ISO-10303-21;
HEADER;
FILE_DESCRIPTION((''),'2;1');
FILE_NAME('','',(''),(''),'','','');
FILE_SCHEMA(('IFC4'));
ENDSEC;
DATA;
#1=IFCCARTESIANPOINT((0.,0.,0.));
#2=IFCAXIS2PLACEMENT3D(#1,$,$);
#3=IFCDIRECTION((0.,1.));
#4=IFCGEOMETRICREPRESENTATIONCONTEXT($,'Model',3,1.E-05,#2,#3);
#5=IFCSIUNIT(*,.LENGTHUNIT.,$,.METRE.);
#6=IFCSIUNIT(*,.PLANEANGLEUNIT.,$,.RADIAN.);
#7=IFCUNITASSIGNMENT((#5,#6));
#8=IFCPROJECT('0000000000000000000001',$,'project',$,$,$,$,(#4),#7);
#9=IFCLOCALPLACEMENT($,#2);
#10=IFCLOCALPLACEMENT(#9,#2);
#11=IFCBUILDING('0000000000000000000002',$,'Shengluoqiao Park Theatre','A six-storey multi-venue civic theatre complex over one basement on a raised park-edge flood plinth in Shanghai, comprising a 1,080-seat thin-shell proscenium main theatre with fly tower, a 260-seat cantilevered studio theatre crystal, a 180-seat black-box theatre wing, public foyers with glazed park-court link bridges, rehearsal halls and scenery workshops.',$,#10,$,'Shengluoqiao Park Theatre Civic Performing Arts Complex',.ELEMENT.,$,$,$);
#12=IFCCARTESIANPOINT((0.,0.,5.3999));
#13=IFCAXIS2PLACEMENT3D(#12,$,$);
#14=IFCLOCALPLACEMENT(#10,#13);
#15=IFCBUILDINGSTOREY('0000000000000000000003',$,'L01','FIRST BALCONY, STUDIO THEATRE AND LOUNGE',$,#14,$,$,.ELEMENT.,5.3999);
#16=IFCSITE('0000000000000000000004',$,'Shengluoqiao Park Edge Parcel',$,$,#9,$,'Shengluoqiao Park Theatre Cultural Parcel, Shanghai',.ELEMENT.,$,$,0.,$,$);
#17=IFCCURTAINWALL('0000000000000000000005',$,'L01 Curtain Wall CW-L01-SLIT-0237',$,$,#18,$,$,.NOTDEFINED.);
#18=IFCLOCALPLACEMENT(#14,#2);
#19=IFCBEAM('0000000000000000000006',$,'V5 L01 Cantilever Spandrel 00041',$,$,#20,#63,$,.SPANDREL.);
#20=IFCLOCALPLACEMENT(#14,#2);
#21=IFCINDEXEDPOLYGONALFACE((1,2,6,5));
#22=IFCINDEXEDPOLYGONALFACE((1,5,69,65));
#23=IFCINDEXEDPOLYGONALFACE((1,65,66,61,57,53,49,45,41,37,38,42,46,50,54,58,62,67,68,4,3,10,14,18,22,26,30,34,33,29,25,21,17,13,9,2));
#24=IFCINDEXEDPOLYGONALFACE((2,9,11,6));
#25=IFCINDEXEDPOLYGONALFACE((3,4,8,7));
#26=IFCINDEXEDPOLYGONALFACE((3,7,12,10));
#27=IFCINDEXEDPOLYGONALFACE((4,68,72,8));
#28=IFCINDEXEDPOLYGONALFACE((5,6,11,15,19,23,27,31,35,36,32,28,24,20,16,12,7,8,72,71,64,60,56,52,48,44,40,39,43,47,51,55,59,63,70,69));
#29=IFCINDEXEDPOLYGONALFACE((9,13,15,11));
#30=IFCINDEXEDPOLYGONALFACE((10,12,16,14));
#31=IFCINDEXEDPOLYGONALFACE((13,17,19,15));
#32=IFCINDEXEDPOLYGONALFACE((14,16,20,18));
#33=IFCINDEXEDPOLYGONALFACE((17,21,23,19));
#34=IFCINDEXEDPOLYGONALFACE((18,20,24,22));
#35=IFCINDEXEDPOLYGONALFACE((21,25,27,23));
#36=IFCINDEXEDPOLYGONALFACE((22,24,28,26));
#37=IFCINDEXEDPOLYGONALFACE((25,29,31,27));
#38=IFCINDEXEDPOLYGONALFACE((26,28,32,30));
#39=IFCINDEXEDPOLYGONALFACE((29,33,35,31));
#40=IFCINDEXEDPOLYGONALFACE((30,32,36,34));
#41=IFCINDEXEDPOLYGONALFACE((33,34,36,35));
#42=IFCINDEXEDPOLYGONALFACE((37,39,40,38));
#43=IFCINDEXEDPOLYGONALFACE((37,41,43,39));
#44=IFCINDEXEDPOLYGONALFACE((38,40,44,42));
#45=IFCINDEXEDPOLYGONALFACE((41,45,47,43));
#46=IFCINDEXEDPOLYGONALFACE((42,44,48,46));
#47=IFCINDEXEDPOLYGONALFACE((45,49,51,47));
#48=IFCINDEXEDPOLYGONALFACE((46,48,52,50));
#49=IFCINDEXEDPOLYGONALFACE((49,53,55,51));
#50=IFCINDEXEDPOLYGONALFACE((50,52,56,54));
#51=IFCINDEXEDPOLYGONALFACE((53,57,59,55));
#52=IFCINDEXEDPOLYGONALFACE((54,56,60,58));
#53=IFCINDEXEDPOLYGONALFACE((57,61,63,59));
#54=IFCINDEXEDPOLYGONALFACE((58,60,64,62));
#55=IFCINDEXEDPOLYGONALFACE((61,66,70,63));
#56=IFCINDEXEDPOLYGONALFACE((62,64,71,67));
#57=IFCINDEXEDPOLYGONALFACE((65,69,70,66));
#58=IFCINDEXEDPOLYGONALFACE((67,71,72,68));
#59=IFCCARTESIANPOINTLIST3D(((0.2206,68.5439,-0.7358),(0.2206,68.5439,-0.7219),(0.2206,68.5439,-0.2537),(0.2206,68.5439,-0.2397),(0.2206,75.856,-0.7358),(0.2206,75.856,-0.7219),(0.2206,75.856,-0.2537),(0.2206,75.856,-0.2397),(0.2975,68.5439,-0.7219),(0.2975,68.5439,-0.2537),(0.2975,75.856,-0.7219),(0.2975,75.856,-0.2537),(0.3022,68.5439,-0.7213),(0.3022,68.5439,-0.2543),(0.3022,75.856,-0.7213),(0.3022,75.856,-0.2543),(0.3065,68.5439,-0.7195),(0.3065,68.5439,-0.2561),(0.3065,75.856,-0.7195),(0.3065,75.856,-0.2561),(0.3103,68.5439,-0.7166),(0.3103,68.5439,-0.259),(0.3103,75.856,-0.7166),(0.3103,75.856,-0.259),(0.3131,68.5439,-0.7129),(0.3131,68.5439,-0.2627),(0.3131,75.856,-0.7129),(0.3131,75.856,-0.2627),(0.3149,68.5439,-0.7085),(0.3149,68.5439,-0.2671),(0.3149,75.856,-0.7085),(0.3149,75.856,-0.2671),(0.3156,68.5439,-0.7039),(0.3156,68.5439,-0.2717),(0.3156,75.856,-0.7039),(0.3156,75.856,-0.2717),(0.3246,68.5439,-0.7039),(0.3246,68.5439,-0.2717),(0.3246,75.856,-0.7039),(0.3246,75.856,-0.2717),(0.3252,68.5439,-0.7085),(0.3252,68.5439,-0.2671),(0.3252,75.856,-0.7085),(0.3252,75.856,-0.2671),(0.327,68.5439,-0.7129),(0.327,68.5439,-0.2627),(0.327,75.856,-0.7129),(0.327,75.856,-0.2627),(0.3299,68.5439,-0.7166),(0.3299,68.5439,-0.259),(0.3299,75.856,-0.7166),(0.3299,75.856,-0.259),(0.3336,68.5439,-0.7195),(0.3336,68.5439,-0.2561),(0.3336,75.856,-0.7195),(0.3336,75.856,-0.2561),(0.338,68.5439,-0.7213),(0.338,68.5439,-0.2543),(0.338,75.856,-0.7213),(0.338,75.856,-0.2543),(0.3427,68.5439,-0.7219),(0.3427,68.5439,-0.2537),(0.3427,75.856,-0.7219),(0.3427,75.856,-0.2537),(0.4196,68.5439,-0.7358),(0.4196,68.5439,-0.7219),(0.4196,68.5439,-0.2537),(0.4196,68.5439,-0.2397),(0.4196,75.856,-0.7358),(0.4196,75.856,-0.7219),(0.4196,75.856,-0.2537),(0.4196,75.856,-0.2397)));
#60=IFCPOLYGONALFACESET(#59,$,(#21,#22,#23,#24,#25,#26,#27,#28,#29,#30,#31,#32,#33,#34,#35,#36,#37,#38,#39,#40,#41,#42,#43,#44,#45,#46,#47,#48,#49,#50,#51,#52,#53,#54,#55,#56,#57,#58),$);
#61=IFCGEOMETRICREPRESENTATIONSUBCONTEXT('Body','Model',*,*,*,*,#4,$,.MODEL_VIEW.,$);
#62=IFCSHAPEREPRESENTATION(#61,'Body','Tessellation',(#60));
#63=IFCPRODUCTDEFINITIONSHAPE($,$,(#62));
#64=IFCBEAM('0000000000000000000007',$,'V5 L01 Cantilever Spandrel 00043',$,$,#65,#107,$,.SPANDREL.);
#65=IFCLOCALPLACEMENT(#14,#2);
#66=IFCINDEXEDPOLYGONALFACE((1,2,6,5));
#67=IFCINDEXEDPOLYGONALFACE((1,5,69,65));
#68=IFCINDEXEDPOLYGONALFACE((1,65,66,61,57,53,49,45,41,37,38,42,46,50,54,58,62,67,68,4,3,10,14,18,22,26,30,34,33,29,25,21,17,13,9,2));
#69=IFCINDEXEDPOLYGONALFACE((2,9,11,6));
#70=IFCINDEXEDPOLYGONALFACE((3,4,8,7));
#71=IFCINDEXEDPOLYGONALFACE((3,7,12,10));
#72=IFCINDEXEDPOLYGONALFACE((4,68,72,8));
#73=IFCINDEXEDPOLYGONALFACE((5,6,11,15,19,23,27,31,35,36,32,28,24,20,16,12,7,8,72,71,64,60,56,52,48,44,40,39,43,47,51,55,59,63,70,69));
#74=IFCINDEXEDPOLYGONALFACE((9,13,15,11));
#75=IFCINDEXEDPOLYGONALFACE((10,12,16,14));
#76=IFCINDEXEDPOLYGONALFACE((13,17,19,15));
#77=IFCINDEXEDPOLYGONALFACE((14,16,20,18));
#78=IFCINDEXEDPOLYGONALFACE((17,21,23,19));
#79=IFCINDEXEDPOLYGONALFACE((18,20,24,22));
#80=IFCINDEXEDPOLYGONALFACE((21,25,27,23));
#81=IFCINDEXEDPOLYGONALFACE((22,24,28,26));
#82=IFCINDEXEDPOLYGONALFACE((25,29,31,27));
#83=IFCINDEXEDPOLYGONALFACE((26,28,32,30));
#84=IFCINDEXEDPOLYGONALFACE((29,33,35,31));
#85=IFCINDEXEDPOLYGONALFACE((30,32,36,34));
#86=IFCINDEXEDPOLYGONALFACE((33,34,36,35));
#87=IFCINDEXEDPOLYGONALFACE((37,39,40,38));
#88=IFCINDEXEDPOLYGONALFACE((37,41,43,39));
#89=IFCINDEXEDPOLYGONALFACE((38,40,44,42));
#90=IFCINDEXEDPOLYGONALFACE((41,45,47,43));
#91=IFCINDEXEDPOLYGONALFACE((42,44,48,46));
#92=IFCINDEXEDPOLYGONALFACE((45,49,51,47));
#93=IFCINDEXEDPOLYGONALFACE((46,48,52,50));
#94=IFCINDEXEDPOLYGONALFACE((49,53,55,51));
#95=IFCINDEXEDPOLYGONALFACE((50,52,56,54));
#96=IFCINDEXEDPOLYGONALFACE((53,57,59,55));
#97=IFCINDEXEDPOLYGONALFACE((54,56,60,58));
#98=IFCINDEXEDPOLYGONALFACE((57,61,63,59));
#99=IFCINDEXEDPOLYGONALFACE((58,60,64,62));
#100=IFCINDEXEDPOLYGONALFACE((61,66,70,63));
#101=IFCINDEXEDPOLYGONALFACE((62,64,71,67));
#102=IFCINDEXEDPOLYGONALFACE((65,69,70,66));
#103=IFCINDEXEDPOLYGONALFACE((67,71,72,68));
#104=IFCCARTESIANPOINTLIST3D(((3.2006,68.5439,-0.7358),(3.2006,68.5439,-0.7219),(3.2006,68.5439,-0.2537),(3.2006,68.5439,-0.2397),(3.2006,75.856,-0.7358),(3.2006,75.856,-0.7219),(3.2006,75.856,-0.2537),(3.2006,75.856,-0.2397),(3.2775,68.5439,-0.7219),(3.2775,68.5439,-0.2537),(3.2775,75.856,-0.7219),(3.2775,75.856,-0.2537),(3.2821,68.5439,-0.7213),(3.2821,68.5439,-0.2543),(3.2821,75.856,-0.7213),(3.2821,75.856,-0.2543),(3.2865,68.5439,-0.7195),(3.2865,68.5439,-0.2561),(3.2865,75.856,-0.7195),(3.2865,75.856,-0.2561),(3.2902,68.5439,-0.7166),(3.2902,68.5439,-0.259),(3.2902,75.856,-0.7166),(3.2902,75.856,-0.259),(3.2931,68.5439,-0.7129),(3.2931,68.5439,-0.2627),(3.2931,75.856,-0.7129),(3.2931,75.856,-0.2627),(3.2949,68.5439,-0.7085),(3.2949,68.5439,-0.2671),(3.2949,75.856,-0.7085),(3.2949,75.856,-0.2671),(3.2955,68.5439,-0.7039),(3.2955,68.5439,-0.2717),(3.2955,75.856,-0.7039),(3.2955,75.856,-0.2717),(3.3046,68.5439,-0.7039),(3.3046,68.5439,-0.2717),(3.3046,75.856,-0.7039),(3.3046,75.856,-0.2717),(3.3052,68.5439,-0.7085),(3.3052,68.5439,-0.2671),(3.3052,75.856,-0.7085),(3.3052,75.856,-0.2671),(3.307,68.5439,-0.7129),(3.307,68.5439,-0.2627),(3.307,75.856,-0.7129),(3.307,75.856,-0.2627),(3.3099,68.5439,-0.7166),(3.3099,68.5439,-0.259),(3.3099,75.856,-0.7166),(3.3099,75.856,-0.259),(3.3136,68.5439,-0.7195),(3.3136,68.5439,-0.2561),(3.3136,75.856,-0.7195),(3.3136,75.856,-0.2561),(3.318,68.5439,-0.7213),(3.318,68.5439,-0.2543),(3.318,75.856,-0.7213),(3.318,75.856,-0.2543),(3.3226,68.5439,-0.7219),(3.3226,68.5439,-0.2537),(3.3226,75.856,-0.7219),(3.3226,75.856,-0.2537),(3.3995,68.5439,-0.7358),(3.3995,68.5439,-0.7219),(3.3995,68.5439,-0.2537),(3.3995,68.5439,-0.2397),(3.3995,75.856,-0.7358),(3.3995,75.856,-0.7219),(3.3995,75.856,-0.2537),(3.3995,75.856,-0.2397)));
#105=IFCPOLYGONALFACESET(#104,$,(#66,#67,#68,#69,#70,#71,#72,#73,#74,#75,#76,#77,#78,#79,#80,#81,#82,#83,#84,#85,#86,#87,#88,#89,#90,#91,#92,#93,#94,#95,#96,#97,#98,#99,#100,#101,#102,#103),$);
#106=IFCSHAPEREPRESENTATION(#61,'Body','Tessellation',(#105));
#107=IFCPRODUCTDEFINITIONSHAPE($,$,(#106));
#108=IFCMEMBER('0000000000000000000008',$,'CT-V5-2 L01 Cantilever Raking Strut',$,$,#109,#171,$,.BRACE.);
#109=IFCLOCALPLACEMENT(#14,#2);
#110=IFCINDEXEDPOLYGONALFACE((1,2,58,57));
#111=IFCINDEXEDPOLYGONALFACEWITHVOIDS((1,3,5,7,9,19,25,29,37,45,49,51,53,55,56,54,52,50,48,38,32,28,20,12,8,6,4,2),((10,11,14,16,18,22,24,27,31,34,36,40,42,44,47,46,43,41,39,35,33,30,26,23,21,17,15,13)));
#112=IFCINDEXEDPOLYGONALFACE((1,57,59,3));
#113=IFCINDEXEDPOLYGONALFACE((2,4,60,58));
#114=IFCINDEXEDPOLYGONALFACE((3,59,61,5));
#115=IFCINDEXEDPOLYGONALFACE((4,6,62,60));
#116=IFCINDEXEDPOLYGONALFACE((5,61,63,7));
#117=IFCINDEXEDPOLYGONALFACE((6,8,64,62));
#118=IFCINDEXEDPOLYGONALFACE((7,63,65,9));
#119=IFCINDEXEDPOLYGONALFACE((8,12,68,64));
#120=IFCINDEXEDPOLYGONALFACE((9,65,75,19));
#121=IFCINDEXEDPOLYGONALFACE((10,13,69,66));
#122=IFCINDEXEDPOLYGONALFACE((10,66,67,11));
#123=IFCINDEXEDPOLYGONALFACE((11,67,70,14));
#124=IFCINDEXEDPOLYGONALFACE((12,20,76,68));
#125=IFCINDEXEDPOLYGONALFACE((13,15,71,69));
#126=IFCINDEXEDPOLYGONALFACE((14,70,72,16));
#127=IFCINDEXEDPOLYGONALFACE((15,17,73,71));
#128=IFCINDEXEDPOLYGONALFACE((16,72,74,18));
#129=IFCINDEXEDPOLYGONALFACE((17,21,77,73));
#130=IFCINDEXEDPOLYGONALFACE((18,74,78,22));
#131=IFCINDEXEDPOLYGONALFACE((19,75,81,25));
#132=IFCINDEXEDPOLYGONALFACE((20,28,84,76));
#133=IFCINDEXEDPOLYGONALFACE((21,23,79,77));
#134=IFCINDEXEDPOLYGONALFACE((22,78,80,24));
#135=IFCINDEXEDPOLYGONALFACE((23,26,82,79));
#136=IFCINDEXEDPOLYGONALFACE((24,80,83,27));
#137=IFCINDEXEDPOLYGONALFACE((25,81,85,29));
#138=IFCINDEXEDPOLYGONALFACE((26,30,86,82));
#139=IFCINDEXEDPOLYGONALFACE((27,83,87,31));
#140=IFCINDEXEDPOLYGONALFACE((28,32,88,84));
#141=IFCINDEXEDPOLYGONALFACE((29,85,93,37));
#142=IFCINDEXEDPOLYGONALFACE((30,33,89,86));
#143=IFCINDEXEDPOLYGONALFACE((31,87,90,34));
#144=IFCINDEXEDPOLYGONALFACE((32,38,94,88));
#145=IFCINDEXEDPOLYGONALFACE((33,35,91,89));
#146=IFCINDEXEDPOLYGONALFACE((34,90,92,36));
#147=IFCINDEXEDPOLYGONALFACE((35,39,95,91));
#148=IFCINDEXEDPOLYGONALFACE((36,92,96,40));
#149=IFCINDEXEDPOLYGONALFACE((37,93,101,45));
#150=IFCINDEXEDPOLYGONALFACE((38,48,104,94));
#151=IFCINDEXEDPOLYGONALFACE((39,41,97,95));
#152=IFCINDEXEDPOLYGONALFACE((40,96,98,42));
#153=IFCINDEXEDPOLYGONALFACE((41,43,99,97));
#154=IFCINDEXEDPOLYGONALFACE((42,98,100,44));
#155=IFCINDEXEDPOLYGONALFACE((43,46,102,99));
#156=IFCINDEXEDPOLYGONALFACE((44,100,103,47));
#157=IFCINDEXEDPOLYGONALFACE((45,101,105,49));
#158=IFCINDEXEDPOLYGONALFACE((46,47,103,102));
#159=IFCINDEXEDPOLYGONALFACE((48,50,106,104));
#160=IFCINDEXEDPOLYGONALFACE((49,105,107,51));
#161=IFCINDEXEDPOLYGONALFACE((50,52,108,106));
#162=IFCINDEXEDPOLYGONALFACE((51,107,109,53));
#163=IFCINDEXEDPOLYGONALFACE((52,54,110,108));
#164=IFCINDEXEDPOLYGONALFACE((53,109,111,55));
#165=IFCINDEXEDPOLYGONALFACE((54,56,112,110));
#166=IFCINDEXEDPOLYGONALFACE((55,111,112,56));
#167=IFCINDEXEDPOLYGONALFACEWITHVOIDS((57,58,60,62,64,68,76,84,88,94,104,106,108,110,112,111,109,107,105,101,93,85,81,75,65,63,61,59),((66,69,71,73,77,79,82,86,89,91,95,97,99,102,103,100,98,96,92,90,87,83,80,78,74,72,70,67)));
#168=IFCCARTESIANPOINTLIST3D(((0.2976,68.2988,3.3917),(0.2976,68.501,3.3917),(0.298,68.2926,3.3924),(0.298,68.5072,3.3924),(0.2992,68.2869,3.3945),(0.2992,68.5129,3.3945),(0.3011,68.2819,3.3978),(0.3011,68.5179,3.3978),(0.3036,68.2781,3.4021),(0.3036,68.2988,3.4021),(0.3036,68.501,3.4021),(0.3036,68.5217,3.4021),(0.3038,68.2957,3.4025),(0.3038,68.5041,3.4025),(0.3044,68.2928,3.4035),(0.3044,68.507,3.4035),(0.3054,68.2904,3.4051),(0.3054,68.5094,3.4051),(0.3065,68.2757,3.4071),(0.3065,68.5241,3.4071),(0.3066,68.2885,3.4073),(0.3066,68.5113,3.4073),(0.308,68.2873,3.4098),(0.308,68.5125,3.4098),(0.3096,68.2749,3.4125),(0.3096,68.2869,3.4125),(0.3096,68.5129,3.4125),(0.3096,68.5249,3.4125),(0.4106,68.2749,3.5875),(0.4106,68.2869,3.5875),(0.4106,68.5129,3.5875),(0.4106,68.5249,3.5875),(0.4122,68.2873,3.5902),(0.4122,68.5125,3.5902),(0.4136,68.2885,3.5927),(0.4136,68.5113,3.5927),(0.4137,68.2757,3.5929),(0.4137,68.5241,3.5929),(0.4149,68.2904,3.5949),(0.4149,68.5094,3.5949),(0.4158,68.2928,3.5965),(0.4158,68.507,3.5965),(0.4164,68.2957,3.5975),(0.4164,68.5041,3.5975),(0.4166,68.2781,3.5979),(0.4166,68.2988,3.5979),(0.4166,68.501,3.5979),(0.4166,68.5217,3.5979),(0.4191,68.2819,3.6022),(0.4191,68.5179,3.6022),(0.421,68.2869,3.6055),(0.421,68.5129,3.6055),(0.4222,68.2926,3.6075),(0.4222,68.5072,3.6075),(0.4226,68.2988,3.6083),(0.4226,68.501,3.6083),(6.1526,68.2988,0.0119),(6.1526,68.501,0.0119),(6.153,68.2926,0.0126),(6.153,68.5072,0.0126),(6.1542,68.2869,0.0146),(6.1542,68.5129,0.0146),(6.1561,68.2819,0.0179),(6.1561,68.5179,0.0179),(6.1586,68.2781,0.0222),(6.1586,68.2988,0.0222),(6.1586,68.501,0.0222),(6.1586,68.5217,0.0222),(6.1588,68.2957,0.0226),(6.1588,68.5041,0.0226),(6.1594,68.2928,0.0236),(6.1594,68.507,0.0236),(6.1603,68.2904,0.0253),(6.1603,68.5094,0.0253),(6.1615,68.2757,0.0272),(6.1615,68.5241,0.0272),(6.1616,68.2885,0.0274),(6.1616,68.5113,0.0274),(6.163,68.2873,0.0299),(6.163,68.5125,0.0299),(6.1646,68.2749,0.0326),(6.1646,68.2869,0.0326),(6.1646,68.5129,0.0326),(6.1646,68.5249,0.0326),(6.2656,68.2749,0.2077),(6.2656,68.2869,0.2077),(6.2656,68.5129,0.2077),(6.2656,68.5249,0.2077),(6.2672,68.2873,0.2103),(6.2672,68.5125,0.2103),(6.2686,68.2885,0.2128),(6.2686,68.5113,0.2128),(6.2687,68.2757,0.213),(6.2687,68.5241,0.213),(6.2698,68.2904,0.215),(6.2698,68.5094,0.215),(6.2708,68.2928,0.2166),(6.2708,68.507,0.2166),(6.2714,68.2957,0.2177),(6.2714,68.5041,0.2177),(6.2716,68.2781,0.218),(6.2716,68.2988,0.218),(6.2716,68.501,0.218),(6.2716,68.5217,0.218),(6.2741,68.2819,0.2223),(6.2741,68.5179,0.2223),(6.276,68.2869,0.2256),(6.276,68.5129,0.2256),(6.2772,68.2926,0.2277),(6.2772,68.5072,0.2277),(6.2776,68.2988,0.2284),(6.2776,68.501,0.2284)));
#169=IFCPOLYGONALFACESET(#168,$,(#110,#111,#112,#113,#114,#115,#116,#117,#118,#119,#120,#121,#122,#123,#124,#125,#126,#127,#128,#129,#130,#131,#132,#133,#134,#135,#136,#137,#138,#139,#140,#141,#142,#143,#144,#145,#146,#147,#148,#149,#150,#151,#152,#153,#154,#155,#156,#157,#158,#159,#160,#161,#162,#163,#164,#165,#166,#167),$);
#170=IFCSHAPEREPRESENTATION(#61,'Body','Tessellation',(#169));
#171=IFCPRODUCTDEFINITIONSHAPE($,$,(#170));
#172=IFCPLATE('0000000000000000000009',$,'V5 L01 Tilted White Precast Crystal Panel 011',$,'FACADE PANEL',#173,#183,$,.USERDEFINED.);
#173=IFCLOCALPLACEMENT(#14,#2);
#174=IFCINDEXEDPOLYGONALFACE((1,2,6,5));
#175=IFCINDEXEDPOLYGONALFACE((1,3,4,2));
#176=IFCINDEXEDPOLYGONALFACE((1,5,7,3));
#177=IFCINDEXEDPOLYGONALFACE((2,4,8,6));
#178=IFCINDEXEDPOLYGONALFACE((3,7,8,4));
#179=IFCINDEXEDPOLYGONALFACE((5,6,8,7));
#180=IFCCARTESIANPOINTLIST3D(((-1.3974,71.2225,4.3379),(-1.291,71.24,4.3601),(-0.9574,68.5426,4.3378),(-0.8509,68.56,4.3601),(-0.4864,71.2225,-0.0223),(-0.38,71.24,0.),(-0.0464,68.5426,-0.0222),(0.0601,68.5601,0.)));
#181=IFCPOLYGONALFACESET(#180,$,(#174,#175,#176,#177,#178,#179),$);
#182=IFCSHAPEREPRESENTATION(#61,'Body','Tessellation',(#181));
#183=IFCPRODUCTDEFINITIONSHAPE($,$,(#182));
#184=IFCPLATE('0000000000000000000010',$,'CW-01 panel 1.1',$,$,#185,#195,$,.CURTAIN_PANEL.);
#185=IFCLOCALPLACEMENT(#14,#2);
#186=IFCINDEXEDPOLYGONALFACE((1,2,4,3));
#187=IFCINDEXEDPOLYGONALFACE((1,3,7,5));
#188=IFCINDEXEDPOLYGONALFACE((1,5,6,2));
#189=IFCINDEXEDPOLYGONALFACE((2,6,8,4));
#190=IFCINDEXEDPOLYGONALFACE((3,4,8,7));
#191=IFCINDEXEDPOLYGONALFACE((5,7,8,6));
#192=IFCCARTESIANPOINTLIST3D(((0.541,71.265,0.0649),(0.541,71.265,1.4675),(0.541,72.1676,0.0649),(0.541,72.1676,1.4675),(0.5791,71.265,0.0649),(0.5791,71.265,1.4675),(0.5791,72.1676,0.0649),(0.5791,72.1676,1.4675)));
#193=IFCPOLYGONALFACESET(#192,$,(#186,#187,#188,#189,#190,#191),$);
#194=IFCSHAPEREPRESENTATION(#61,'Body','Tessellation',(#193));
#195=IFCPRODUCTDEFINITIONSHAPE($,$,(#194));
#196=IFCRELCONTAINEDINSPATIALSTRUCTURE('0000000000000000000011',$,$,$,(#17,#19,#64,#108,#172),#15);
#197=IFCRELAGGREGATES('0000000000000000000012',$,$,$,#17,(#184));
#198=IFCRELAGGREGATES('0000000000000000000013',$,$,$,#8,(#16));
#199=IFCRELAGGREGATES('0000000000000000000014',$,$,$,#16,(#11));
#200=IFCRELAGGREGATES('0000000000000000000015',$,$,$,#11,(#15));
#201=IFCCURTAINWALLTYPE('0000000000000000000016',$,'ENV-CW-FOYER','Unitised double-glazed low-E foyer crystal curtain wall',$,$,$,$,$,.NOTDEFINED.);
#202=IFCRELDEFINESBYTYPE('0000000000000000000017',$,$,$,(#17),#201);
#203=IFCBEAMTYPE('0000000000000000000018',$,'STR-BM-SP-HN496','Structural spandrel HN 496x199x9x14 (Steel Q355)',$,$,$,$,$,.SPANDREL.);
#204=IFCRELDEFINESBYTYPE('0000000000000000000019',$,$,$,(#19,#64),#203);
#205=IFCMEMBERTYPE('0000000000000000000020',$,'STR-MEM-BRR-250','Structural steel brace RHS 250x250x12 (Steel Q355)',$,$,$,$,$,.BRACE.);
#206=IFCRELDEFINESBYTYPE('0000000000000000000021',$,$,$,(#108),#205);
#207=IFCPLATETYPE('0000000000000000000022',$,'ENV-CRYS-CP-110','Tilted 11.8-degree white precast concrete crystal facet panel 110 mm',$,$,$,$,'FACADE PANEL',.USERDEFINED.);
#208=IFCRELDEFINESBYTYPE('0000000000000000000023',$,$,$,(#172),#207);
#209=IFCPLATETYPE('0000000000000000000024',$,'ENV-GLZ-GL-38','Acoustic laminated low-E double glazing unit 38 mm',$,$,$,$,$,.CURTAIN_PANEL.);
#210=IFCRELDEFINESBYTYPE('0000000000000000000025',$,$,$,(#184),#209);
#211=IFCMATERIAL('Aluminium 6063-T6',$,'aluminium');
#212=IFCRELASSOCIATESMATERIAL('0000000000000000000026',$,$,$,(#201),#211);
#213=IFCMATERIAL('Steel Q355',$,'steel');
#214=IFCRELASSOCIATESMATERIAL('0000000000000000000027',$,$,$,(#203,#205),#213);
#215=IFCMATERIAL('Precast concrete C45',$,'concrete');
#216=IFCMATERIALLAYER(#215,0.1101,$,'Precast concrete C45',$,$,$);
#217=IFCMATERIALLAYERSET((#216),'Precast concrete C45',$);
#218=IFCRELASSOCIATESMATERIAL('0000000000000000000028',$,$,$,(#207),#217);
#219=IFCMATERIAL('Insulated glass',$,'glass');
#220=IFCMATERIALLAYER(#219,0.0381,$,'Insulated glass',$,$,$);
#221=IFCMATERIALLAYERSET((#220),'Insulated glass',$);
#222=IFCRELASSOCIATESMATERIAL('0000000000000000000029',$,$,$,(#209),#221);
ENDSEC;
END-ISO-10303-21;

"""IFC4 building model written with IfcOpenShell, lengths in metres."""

from ifc_helpers import new_model, si_unit, direction, frame, origin, origin_2d, place, context, subcontext, project, spatial, polyline, rectangle, hollow_rectangle, i_section, outline, extrude, material, layer, layer_set, material_profile, profile_set, type_object, element, aggregate, save


model = new_model("IFC4")

# Units and contexts
model_context = context("Model", 3, precision=1e-05, world=origin(), true_north=direction((0.0, 1.0)))
body_context = subcontext(model_context, "Body", "Model", "MODEL_VIEW")
ifc_project = project(units=[si_unit("LENGTHUNIT", "METRE"), si_unit("PLANEANGLEUNIT", "RADIAN")], contexts=[model_context])

# Site, building, storey
site_placement = place(None, origin())
site = spatial("IfcSite", under=ifc_project, at=site_placement, Name="Shengluoqiao Park Edge Parcel", LongName="Shengluoqiao Park Theatre Cultural Parcel, Shanghai", CompositionType="ELEMENT", RefElevation=0.0)
building_placement = place(site_placement, origin())
building = spatial("IfcBuilding", under=site, at=building_placement, Name="Shengluoqiao Park Theatre", Description="A six-storey multi-venue civic theatre complex over one basement on a raised park-edge flood plinth in Shanghai, comprising a 1,080-seat thin-shell proscenium main theatre with fly tower, a 260-seat cantilevered studio theatre crystal, a 180-seat black-box theatre wing, public foyers with glazed park-court link bridges, rehearsal halls and scenery workshops.", LongName="Shengluoqiao Park Theatre Civic Performing Arts Complex", CompositionType="ELEMENT")
storey_placement = place(building_placement, frame((0.0, 0.0, 5.3999)))
storey = spatial("IfcBuildingStorey", under=building, at=storey_placement, Name="L01", Description="FIRST BALCONY, STUDIO THEATRE AND LOUNGE", CompositionType="ELEMENT", Elevation=5.3999)

# Shared definitions
ifc_material_1 = material(Name="Steel Q355", Category="steel")

# Curtain wall
ifc_material_2 = material(Name="Aluminium 6063-T6", Category="aluminium")
curtain_wall_type = type_object("IfcCurtainWallType", Name="ENV-CW-FOYER", Description="Unitised double-glazed low-E foyer crystal curtain wall", PredefinedType="NOTDEFINED", material=ifc_material_2)
curtain_wall_placement = place(storey_placement, origin())
curtain_wall = element("IfcCurtainWall", 1, at=curtain_wall_placement, inside=storey, type_object=curtain_wall_type, Name="L01 Curtain Wall CW-L01-SLIT-0237", PredefinedType="NOTDEFINED")

# Beams
ifc_material_profile_1 = material_profile(ifc_material_1, i_section(OverallWidth=0.199, OverallDepth=0.4961, WebThickness=0.009, FlangeThickness=0.0139, FilletRadius=0.0181, at=origin_2d()), Name="HN 496x199x9x14")
ifc_profile_set_1 = profile_set([ifc_material_profile_1], Name="Steel Q355")
beam_type_1 = type_object("IfcBeamType", Name="STR-BM-SP-HN496", Description="Structural spandrel HN 496x199x9x14 (Steel Q355)", PredefinedType="SPANDREL", material=ifc_profile_set_1)
for number, where, z_axis, x_axis, name in (
    (2, (0.3201, 68.5439, -0.4878), (0.0, 1.0, 0.0), (-1.0, 0.0, 0.0), "V5 L01 Cantilever Spandrel 00041"),
    (3, (3.3, 68.5439, -0.4878), (0.0, 1.0, 0.0), (-1.0, 0.0, 0.0), "V5 L01 Cantilever Spandrel 00043"),
):
    element("IfcBeam", number, at=place(storey_placement, frame(where, z_axis=z_axis, x_axis=x_axis)), inside=storey, type_object=beam_type_1, Name=name, PredefinedType="SPANDREL", context=body_context, shape_type="SweptSolid", body=[
        extrude(i_section(OverallWidth=0.199, OverallDepth=0.4961, WebThickness=0.009, FlangeThickness=0.0139, FilletRadius=0.0181, at=origin_2d()), origin(), (0.0, 0.0, 1.0), 7.312),
    ])

# Member
ifc_material_profile_2 = material_profile(ifc_material_1, hollow_rectangle(XDim=0.25, YDim=0.25, WallThickness=0.012, InnerFilletRadius=0.012, OuterFilletRadius=0.0239, at=origin_2d()), Name="RHS 250x250x12")
ifc_profile_set_2 = profile_set([ifc_material_profile_2], Name="Steel Q355")
member_type_1 = type_object("IfcMemberType", Name="STR-MEM-BRR-250", Description="Structural steel brace RHS 250x250x12 (Steel Q355)", PredefinedType="BRACE", material=ifc_profile_set_2)
member_1_placement = place(storey_placement, frame((6.2151, 68.3999, 0.1201), z_axis=(-0.866057, 0.0, 0.499945), x_axis=(0.0, -1.0, 0.0)))
element("IfcMember", 4, at=member_1_placement, inside=storey, type_object=member_type_1, Name="CT-V5-2 L01 Cantilever Raking Strut", PredefinedType="BRACE", context=body_context, shape_type="SweptSolid", body=[
    extrude(hollow_rectangle(XDim=0.25, YDim=0.25, WallThickness=0.012, InnerFilletRadius=0.012, OuterFilletRadius=0.0239, at=origin_2d()), origin(), (0.0, 0.0, 1.0), 6.7605),
])

# Plates
ifc_material_3 = material(Name="Precast concrete C45", Category="concrete")
ifc_layer_1 = layer(ifc_material_3, 0.1101, Name="Precast concrete C45")
ifc_layer_set_1 = layer_set([ifc_layer_1], Name="Precast concrete C45")
plate_type_1 = type_object("IfcPlateType", Name="ENV-CRYS-CP-110", Description="Tilted 11.8-degree white precast concrete crystal facet panel 110 mm", ElementType="FACADE PANEL", PredefinedType="USERDEFINED", material=ifc_layer_set_1)
plate_1_placement = place(storey_placement, frame((0.0601, 68.5601, 0.0), z_axis=(0.966456, 0.158699, 0.201934), x_axis=(-0.162035, 0.986785, -0.000009)))
element("IfcPlate", 5, at=plate_1_placement, inside=storey, type_object=plate_type_1, Name="V5 L01 Tilted White Precast Crystal Panel 011", ObjectType="FACADE PANEL", PredefinedType="USERDEFINED", context=body_context, shape_type="SweptSolid", body=[
    extrude(outline(polyline([(0.0, 0.0), (2.7158, 0.0), (2.8634, 4.4518), (0.1476, 4.4518), (0.0, 0.0)])), origin(), (0.0, 0.0, -1.0), 0.1101),
])
ifc_material_4 = material(Name="Insulated glass", Category="glass")
ifc_layer_2 = layer(ifc_material_4, 0.0381, Name="Insulated glass")
ifc_layer_set_2 = layer_set([ifc_layer_2], Name="Insulated glass")
plate_type_2 = type_object("IfcPlateType", Name="ENV-GLZ-GL-38", Description="Acoustic laminated low-E double glazing unit 38 mm", PredefinedType="CURTAIN_PANEL", material=ifc_layer_set_2)
plate_2_placement = place(storey_placement, frame((0.5601, 71.7163, 0.0649), z_axis=(0.0, 0.0, 1.0), x_axis=(0.0, 1.0, 0.0)))
plate_2 = element("IfcPlate", 6, at=plate_2_placement, type_object=plate_type_2, Name="CW-01 panel 1.1", PredefinedType="CURTAIN_PANEL", context=body_context, shape_type="SweptSolid", body=[
    extrude(rectangle(XDim=0.9026, YDim=0.0381, at=origin_2d()), origin(), (0.0, 0.0, 1.0), 1.4026),
])
aggregate(curtain_wall, [plate_2])

save(model, "model.ifc")
